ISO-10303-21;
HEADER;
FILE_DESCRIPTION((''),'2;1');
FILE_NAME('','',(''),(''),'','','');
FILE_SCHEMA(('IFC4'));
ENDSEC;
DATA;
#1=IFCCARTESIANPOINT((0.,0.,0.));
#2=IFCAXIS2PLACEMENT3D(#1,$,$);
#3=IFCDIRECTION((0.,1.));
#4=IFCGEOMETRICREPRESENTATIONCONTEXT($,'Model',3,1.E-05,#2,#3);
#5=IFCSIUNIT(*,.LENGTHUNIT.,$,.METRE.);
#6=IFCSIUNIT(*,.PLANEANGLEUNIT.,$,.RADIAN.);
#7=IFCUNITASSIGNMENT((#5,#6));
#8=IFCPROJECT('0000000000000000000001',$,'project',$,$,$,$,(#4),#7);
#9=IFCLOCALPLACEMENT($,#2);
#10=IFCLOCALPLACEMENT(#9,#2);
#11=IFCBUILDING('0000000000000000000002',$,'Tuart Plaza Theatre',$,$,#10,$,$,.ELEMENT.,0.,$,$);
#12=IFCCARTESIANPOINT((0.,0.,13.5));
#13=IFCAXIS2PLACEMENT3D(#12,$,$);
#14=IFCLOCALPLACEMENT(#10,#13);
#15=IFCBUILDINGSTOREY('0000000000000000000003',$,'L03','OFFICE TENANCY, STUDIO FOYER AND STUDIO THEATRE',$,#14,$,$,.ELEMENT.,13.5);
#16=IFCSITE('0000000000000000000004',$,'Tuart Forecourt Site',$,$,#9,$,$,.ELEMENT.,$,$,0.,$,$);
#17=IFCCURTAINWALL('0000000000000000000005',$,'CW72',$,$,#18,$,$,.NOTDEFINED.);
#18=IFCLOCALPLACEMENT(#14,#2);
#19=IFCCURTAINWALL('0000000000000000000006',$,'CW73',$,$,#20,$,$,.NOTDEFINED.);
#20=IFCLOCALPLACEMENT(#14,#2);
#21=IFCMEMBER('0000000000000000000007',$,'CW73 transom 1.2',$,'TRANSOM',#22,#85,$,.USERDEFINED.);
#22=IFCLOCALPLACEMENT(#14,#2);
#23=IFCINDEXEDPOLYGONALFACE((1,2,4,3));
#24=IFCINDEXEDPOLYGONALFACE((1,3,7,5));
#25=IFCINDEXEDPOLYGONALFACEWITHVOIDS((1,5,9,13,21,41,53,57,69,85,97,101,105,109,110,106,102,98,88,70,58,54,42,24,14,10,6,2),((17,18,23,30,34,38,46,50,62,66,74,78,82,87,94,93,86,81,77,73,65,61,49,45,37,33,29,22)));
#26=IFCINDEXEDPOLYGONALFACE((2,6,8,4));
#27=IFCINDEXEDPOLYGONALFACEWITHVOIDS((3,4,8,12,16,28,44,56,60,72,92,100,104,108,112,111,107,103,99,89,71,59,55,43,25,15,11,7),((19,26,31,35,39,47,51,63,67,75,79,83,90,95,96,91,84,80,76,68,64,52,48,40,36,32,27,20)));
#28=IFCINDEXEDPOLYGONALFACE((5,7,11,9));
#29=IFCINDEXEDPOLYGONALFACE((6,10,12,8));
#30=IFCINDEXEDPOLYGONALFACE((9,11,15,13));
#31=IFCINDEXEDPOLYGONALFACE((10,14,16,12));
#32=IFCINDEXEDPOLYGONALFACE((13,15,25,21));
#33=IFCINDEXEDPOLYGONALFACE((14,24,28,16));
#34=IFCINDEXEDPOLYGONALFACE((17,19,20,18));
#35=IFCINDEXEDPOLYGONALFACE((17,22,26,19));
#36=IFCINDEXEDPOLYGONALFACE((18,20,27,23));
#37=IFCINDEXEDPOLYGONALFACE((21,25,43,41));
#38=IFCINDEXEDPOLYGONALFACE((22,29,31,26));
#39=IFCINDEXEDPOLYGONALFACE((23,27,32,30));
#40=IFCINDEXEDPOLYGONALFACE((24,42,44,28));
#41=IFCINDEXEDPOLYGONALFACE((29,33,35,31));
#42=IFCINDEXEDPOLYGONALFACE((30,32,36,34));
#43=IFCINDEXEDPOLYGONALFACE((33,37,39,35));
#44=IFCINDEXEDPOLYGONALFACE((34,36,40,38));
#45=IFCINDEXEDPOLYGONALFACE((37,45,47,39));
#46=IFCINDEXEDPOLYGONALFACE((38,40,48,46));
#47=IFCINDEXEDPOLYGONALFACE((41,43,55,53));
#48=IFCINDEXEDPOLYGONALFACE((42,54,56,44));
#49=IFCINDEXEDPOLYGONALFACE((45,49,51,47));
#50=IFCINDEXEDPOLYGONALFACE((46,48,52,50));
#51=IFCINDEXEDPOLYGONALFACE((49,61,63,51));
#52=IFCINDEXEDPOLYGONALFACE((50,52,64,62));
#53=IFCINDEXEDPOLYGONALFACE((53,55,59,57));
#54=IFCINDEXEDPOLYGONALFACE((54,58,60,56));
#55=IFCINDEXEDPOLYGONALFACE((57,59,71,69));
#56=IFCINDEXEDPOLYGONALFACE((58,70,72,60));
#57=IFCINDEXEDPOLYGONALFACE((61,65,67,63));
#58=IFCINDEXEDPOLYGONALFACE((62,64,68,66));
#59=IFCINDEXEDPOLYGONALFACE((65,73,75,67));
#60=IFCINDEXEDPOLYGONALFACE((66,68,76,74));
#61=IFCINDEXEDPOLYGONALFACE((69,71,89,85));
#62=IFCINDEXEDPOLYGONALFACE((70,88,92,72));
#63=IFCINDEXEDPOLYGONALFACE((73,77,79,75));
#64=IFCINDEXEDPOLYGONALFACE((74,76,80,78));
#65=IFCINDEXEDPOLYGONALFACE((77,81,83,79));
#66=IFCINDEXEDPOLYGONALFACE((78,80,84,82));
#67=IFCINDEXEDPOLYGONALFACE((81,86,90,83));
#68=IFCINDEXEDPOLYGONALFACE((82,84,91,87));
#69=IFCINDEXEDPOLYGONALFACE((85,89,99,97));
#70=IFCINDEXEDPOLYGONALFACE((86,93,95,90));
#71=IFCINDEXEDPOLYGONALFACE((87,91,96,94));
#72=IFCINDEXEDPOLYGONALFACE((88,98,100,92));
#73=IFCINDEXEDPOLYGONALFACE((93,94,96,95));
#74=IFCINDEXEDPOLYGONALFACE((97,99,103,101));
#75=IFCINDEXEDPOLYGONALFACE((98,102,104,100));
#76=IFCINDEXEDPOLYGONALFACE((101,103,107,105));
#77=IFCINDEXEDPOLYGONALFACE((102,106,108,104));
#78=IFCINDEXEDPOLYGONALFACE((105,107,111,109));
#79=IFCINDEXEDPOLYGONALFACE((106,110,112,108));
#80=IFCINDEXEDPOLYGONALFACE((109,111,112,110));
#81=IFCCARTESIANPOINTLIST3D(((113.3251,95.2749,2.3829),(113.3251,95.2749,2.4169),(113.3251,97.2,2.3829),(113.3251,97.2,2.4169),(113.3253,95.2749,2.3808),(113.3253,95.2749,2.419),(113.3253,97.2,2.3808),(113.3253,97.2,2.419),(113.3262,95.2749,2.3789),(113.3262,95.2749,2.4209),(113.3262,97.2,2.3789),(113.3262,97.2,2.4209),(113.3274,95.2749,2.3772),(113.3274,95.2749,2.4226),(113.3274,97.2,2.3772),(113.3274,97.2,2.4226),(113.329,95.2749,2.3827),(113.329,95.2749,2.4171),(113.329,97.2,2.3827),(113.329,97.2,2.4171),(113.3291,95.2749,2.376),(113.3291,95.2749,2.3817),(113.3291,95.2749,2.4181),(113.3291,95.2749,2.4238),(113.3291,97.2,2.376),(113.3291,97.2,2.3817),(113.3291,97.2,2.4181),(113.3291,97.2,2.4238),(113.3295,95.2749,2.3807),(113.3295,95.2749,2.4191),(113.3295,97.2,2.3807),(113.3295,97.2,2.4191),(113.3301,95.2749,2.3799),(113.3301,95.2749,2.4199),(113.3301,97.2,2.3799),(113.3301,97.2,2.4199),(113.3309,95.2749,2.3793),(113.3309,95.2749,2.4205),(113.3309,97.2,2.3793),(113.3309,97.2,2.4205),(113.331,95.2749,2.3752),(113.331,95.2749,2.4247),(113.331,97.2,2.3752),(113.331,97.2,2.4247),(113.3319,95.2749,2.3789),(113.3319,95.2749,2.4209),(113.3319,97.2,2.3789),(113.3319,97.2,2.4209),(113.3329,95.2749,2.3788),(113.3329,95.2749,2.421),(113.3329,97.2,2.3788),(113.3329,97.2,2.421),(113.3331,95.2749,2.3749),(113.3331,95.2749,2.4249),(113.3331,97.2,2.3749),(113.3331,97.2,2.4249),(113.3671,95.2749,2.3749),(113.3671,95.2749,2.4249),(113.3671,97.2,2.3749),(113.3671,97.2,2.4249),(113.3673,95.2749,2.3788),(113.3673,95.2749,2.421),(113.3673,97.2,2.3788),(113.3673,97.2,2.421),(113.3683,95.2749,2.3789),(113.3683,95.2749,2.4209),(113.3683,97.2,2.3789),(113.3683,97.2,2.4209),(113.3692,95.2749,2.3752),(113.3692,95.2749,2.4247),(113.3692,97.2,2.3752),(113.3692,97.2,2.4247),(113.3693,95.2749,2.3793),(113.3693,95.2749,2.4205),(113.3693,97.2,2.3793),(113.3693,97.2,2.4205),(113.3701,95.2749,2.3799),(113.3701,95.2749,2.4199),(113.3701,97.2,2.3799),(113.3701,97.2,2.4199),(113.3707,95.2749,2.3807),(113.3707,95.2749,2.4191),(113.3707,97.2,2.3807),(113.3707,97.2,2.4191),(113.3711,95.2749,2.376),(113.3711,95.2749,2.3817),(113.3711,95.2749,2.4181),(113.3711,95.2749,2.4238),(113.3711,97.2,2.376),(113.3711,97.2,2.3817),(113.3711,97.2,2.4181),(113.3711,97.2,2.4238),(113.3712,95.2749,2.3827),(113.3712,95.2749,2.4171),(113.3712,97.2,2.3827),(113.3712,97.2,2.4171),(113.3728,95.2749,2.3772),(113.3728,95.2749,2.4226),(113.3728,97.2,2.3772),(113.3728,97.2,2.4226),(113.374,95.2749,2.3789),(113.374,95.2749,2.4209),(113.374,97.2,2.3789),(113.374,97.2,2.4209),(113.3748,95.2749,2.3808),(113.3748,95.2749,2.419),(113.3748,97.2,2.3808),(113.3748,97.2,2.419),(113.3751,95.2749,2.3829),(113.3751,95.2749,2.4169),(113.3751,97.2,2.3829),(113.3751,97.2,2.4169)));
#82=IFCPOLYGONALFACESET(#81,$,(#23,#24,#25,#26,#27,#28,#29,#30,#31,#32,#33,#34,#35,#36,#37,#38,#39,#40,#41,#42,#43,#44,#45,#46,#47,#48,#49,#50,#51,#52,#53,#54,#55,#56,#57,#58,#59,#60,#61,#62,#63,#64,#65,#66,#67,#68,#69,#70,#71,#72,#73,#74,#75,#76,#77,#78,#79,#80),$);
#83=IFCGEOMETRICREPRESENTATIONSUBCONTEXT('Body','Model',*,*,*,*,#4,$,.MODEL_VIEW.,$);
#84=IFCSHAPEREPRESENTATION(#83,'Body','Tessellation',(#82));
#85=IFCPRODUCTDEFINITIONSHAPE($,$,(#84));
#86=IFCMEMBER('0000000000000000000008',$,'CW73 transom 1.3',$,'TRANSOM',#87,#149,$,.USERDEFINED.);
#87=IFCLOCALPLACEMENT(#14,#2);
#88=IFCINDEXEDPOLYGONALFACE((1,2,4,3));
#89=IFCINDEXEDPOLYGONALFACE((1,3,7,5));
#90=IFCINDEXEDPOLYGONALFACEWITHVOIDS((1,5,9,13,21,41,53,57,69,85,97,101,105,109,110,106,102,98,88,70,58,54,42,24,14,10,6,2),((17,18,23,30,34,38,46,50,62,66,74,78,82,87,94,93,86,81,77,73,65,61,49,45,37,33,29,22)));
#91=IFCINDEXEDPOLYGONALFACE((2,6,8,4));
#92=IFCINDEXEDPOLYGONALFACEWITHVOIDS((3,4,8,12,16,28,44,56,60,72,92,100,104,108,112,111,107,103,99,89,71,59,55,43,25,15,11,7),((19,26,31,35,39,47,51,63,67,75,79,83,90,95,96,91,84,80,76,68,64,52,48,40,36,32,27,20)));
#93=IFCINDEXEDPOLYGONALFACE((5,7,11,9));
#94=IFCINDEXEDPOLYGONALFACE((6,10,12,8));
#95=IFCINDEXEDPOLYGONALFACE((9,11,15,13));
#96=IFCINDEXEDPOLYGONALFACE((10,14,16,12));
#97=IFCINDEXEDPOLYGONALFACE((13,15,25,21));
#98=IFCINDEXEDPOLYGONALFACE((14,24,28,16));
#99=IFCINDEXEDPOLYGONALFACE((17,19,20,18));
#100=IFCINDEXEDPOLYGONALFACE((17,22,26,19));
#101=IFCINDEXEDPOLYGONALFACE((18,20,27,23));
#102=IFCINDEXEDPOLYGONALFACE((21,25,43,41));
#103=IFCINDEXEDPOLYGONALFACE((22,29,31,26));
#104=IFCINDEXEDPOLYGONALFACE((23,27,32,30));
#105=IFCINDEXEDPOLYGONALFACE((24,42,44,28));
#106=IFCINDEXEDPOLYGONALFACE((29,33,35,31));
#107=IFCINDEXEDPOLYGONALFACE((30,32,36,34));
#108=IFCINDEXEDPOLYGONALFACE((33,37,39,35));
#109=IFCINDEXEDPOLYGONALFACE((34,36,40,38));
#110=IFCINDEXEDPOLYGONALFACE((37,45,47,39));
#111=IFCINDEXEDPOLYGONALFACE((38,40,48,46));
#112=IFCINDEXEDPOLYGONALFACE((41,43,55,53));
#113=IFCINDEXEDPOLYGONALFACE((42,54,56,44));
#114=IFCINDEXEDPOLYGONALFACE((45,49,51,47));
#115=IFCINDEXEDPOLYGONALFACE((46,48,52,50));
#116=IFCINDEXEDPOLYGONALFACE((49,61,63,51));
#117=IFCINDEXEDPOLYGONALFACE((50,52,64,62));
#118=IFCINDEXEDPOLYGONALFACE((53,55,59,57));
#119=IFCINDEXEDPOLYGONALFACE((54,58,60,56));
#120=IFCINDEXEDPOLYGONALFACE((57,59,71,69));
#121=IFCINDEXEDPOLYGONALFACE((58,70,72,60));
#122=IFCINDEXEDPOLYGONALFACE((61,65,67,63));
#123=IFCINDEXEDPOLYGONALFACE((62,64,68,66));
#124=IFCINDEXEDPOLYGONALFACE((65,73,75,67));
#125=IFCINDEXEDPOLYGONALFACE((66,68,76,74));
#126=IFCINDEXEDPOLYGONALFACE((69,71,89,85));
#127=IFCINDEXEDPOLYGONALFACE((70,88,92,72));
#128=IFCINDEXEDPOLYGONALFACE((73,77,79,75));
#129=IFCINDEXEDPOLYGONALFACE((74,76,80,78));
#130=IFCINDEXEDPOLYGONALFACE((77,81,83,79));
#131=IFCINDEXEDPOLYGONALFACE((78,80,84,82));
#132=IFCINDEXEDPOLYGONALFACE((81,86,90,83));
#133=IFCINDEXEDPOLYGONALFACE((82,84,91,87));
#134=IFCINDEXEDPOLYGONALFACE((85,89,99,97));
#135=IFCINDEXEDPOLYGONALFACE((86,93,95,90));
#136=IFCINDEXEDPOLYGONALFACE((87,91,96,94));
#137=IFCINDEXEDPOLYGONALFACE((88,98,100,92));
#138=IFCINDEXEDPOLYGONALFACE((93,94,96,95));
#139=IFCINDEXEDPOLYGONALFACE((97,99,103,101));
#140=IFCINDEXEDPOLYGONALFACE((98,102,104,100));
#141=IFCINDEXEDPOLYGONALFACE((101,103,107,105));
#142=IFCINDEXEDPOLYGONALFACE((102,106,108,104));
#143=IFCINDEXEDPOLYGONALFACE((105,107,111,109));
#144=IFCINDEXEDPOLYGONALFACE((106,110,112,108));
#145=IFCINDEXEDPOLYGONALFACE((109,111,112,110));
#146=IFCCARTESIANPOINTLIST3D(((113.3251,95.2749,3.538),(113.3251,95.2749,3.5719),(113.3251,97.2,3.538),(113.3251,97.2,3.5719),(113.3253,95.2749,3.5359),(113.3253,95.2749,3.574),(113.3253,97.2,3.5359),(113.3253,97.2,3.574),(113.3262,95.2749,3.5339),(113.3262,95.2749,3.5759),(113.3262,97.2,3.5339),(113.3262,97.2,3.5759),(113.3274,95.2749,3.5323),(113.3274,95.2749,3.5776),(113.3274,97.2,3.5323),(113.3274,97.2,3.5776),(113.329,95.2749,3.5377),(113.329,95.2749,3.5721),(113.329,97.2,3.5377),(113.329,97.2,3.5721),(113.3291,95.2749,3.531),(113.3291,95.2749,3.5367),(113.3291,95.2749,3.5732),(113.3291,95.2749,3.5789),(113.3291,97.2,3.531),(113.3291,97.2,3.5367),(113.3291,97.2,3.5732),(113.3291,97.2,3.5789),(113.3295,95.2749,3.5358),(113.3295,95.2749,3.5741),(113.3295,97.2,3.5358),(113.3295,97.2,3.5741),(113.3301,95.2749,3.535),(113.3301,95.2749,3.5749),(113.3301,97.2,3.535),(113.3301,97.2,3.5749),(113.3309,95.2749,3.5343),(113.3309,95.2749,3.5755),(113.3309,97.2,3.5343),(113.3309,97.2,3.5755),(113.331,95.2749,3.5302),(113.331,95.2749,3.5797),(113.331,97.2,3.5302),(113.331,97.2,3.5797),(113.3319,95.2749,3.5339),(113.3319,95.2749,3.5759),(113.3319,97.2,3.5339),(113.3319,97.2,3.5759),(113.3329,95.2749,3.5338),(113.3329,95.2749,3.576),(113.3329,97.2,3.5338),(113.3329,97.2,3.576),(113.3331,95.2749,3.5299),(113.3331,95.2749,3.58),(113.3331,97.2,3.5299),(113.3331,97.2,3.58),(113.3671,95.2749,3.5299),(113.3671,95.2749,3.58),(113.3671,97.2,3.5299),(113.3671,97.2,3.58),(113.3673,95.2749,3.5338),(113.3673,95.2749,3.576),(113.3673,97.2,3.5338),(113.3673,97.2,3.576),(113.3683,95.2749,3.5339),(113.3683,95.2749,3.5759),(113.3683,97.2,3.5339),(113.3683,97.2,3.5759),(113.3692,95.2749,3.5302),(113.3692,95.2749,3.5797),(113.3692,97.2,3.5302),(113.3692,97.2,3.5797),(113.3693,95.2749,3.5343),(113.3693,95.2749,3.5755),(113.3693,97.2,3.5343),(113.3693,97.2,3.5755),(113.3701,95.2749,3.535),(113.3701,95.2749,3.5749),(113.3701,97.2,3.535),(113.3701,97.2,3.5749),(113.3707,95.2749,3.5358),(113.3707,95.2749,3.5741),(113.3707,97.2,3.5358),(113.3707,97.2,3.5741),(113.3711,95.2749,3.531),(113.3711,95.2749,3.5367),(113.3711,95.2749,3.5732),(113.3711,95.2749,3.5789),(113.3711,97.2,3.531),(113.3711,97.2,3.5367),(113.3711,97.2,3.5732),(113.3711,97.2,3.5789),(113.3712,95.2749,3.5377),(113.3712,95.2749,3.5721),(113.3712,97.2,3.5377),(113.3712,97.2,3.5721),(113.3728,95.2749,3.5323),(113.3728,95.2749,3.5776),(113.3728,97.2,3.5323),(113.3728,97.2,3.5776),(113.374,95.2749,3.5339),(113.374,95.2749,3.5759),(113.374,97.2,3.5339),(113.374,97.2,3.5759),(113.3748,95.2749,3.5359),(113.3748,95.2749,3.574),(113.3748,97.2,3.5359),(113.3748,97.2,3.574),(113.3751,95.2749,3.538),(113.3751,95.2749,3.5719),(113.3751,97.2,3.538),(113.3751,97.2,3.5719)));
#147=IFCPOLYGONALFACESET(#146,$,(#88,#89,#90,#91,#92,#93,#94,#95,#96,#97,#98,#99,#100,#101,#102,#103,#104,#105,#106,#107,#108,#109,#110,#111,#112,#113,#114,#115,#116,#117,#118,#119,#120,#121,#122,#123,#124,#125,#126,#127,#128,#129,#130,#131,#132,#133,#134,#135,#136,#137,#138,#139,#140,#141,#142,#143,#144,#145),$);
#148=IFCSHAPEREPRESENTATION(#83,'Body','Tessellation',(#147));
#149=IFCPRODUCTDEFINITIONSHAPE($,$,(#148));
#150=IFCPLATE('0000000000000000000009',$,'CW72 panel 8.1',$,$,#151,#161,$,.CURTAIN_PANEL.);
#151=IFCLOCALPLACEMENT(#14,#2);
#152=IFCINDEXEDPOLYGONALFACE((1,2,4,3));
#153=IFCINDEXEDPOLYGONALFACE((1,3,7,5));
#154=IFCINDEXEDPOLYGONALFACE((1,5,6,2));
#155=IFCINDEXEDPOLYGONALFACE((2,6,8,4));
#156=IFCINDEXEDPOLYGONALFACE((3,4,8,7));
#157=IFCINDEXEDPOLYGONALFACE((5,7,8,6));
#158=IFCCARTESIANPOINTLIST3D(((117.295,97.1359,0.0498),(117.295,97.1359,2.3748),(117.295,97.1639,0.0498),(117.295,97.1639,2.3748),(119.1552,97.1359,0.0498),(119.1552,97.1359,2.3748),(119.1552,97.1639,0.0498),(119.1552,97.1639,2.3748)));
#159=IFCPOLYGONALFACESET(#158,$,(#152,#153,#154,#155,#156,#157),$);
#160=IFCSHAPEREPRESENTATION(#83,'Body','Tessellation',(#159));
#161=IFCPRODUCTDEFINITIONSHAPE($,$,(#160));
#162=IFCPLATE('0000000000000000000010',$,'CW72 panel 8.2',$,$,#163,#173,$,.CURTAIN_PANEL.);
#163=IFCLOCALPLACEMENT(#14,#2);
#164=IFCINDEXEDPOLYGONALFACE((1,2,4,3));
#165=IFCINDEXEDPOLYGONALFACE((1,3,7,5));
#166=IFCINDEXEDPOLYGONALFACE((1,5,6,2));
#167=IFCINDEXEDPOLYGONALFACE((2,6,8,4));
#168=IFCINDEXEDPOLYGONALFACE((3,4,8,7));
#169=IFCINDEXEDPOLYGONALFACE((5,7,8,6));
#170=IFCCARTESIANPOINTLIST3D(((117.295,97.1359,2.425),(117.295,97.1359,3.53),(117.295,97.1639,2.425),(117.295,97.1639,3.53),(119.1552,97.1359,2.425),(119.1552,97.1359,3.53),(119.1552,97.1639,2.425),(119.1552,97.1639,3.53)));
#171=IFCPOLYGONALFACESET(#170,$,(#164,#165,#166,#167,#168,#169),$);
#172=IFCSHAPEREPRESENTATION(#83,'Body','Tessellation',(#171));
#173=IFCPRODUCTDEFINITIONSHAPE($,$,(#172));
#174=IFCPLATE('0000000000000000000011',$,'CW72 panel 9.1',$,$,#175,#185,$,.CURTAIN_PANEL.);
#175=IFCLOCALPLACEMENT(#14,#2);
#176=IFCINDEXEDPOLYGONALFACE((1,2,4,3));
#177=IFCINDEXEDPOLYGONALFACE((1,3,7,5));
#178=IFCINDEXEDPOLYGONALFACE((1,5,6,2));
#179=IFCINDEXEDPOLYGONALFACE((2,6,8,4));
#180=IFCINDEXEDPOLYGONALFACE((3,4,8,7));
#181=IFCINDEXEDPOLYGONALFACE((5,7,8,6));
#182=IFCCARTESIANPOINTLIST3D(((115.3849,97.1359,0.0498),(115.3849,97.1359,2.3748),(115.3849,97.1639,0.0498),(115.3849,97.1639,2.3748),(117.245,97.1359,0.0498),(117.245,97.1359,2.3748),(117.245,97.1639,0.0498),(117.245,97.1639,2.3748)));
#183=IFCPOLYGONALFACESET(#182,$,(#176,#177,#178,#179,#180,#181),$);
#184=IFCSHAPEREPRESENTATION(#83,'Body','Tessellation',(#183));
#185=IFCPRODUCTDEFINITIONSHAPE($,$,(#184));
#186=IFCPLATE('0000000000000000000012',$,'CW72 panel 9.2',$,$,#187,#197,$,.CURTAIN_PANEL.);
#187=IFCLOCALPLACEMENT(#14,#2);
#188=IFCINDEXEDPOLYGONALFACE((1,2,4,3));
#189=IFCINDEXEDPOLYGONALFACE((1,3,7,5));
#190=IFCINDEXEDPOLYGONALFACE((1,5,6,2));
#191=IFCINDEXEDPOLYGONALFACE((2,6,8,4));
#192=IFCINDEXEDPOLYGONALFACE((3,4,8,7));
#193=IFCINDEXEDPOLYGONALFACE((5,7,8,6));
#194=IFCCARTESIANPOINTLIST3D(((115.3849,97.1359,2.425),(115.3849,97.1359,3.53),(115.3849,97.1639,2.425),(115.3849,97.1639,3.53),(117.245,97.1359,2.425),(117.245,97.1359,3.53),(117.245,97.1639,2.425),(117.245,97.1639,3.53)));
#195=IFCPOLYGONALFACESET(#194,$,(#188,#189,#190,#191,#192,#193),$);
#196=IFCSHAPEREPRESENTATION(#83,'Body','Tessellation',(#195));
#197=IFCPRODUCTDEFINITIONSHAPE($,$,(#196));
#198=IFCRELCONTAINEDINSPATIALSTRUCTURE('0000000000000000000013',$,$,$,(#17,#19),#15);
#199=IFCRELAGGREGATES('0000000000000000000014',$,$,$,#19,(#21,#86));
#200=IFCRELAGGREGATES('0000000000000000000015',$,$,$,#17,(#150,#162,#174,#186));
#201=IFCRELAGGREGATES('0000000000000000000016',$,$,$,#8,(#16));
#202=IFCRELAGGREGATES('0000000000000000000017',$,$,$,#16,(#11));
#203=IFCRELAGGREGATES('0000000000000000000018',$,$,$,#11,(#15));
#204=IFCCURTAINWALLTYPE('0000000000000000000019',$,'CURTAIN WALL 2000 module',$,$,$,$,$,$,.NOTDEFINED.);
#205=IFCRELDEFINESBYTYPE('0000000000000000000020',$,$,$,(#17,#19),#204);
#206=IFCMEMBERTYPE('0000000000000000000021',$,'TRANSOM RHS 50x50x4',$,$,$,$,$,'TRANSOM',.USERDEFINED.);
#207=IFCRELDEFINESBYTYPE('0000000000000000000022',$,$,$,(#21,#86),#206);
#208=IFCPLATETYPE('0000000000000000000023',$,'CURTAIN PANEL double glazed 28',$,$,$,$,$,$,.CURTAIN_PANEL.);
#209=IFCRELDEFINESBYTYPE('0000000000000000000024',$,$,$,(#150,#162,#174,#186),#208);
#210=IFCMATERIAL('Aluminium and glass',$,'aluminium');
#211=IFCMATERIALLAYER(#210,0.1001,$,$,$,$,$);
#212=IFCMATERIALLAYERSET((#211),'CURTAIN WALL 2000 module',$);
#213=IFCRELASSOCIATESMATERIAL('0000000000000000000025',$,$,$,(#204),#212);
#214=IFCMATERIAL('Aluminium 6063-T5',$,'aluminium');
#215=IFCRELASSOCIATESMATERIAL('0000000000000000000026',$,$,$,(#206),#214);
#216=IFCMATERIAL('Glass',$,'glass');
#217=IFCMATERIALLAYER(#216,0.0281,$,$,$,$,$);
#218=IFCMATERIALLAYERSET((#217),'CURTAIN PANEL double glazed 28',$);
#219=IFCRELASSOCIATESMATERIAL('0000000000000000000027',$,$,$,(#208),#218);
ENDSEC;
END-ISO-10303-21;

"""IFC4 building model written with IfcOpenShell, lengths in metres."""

from ifc_helpers import new_model, si_unit, direction, frame, origin, origin_2d, place, context, subcontext, project, spatial, rectangle, hollow_rectangle, extrude, material, layer, layer_set, material_profile, profile_set, type_object, element, aggregate, save


model = new_model("IFC4")

# Units and contexts
model_context = context("Model", 3, precision=1e-05, world=origin(), true_north=direction((0.0, 1.0)))
body_context = subcontext(model_context, "Body", "Model", "MODEL_VIEW")
ifc_project = project(units=[si_unit("LENGTHUNIT", "METRE"), si_unit("PLANEANGLEUNIT", "RADIAN")], contexts=[model_context])

# Site, building, storey
site_placement = place(None, origin())
site = spatial("IfcSite", under=ifc_project, at=site_placement, Name="Tuart Forecourt Site", CompositionType="ELEMENT", RefElevation=0.0)
building_placement = place(site_placement, origin())
building = spatial("IfcBuilding", under=site, at=building_placement, Name="Tuart Plaza Theatre", CompositionType="ELEMENT", ElevationOfRefHeight=0.0)
storey_placement = place(building_placement, frame((0.0, 0.0, 13.5)))
storey = spatial("IfcBuildingStorey", under=building, at=storey_placement, Name="L03", Description="OFFICE TENANCY, STUDIO FOYER AND STUDIO THEATRE", CompositionType="ELEMENT", Elevation=13.5)

# Curtain walls, members
ifc_material_1 = material(Name="Aluminium and glass", Category="aluminium")
ifc_layer_1 = layer(ifc_material_1, 0.1001)
ifc_layer_set_1 = layer_set([ifc_layer_1], Name="CURTAIN WALL 2000 module")
curtain_wall_type = type_object("IfcCurtainWallType", Name="CURTAIN WALL 2000 module", PredefinedType="NOTDEFINED", material=ifc_layer_set_1)
curtain_wall_1_placement = place(storey_placement, origin())
curtain_wall_1 = element("IfcCurtainWall", 1, at=curtain_wall_1_placement, inside=storey, type_object=curtain_wall_type, Name="CW72", PredefinedType="NOTDEFINED")
ifc_material_2 = material(Name="Aluminium 6063-T5", Category="aluminium")
ifc_material_profile_1 = material_profile(ifc_material_2, hollow_rectangle(XDim=0.05, YDim=0.05, WallThickness=0.0039, InnerFilletRadius=0.0039, OuterFilletRadius=0.0081, at=origin_2d()), Name="RHS 50x50x4")
ifc_profile_set_1 = profile_set([ifc_material_profile_1], Name="Aluminium 6063-T5")
member_type_1 = type_object("IfcMemberType", Name="TRANSOM RHS 50x50x4", ElementType="TRANSOM", PredefinedType="USERDEFINED", material=ifc_profile_set_1)
curtain_wall_2_placement = place(storey_placement, origin())
curtain_wall_2 = element("IfcCurtainWall", 2, at=curtain_wall_2_placement, inside=storey, type_object=curtain_wall_type, Name="CW73", PredefinedType="NOTDEFINED")
member_1_placement = place(storey_placement, frame((113.3501, 97.2, 2.3999), z_axis=(0.0, -1.0, 0.0), x_axis=(1.0, 0.0, 0.0)))
member_1 = element("IfcMember", 3, at=member_1_placement, type_object=member_type_1, Name="CW73 transom 1.2", ObjectType="TRANSOM", PredefinedType="USERDEFINED", context=body_context, shape_type="SweptSolid", body=[
    extrude(hollow_rectangle(XDim=0.05, YDim=0.05, WallThickness=0.0039, InnerFilletRadius=0.0039, OuterFilletRadius=0.0081, at=origin_2d()), origin(), (0.0, 0.0, 1.0), 1.925),
])
member_2_placement = place(storey_placement, frame((113.3501, 97.2, 3.5549), z_axis=(0.0, -1.0, 0.0), x_axis=(1.0, 0.0, 0.0)))
member_2 = element("IfcMember", 4, at=member_2_placement, type_object=member_type_1, Name="CW73 transom 1.3", ObjectType="TRANSOM", PredefinedType="USERDEFINED", context=body_context, shape_type="SweptSolid", body=[
    extrude(hollow_rectangle(XDim=0.05, YDim=0.05, WallThickness=0.0039, InnerFilletRadius=0.0039, OuterFilletRadius=0.0081, at=origin_2d()), origin(), (0.0, 0.0, 1.0), 1.925),
])
aggregate(curtain_wall_2, [member_1, member_2])

# Plates
ifc_material_3 = material(Name="Glass", Category="glass")
ifc_layer_2 = layer(ifc_material_3, 0.0281)
ifc_layer_set_2 = layer_set([ifc_layer_2], Name="CURTAIN PANEL double glazed 28")
plate_type = type_object("IfcPlateType", Name="CURTAIN PANEL double glazed 28", PredefinedType="CURTAIN_PANEL", material=ifc_layer_set_2)
plate_1_placement = place(storey_placement, frame((118.2251, 97.1499, 0.0498), z_axis=(0.0, 0.0, 1.0), x_axis=(-1.0, 0.0, 0.0)))
plate_1 = element("IfcPlate", 5, at=plate_1_placement, type_object=plate_type, Name="CW72 panel 8.1", PredefinedType="CURTAIN_PANEL", context=body_context, shape_type="SweptSolid", body=[
    extrude(rectangle(XDim=1.8601, YDim=0.0281, at=origin_2d()), origin(), (0.0, 0.0, 1.0), 2.325),
])
plate_2_placement = place(storey_placement, frame((118.2251, 97.1499, 2.425), z_axis=(0.0, 0.0, 1.0), x_axis=(-1.0, 0.0, 0.0)))
plate_2 = element("IfcPlate", 6, at=plate_2_placement, type_object=plate_type, Name="CW72 panel 8.2", PredefinedType="CURTAIN_PANEL", context=body_context, shape_type="SweptSolid", body=[
    extrude(rectangle(XDim=1.8601, YDim=0.0281, at=origin_2d()), origin(), (0.0, 0.0, 1.0), 1.105),
])
plate_3_placement = place(storey_placement, frame((116.3149, 97.1499, 0.0498), z_axis=(0.0, 0.0, 1.0), x_axis=(-1.0, 0.0, 0.0)))
plate_3 = element("IfcPlate", 7, at=plate_3_placement, type_object=plate_type, Name="CW72 panel 9.1", PredefinedType="CURTAIN_PANEL", context=body_context, shape_type="SweptSolid", body=[
    extrude(rectangle(XDim=1.8601, YDim=0.0281, at=origin_2d()), origin(), (0.0, 0.0, 1.0), 2.325),
])
plate_4_placement = place(storey_placement, frame((116.3149, 97.1499, 2.425), z_axis=(0.0, 0.0, 1.0), x_axis=(-1.0, 0.0, 0.0)))
plate_4 = element("IfcPlate", 8, at=plate_4_placement, type_object=plate_type, Name="CW72 panel 9.2", PredefinedType="CURTAIN_PANEL", context=body_context, shape_type="SweptSolid", body=[
    extrude(rectangle(XDim=1.8601, YDim=0.0281, at=origin_2d()), origin(), (0.0, 0.0, 1.0), 1.105),
])
aggregate(curtain_wall_1, [plate_1, plate_2, plate_3, plate_4])

save(model, "model.ifc")
